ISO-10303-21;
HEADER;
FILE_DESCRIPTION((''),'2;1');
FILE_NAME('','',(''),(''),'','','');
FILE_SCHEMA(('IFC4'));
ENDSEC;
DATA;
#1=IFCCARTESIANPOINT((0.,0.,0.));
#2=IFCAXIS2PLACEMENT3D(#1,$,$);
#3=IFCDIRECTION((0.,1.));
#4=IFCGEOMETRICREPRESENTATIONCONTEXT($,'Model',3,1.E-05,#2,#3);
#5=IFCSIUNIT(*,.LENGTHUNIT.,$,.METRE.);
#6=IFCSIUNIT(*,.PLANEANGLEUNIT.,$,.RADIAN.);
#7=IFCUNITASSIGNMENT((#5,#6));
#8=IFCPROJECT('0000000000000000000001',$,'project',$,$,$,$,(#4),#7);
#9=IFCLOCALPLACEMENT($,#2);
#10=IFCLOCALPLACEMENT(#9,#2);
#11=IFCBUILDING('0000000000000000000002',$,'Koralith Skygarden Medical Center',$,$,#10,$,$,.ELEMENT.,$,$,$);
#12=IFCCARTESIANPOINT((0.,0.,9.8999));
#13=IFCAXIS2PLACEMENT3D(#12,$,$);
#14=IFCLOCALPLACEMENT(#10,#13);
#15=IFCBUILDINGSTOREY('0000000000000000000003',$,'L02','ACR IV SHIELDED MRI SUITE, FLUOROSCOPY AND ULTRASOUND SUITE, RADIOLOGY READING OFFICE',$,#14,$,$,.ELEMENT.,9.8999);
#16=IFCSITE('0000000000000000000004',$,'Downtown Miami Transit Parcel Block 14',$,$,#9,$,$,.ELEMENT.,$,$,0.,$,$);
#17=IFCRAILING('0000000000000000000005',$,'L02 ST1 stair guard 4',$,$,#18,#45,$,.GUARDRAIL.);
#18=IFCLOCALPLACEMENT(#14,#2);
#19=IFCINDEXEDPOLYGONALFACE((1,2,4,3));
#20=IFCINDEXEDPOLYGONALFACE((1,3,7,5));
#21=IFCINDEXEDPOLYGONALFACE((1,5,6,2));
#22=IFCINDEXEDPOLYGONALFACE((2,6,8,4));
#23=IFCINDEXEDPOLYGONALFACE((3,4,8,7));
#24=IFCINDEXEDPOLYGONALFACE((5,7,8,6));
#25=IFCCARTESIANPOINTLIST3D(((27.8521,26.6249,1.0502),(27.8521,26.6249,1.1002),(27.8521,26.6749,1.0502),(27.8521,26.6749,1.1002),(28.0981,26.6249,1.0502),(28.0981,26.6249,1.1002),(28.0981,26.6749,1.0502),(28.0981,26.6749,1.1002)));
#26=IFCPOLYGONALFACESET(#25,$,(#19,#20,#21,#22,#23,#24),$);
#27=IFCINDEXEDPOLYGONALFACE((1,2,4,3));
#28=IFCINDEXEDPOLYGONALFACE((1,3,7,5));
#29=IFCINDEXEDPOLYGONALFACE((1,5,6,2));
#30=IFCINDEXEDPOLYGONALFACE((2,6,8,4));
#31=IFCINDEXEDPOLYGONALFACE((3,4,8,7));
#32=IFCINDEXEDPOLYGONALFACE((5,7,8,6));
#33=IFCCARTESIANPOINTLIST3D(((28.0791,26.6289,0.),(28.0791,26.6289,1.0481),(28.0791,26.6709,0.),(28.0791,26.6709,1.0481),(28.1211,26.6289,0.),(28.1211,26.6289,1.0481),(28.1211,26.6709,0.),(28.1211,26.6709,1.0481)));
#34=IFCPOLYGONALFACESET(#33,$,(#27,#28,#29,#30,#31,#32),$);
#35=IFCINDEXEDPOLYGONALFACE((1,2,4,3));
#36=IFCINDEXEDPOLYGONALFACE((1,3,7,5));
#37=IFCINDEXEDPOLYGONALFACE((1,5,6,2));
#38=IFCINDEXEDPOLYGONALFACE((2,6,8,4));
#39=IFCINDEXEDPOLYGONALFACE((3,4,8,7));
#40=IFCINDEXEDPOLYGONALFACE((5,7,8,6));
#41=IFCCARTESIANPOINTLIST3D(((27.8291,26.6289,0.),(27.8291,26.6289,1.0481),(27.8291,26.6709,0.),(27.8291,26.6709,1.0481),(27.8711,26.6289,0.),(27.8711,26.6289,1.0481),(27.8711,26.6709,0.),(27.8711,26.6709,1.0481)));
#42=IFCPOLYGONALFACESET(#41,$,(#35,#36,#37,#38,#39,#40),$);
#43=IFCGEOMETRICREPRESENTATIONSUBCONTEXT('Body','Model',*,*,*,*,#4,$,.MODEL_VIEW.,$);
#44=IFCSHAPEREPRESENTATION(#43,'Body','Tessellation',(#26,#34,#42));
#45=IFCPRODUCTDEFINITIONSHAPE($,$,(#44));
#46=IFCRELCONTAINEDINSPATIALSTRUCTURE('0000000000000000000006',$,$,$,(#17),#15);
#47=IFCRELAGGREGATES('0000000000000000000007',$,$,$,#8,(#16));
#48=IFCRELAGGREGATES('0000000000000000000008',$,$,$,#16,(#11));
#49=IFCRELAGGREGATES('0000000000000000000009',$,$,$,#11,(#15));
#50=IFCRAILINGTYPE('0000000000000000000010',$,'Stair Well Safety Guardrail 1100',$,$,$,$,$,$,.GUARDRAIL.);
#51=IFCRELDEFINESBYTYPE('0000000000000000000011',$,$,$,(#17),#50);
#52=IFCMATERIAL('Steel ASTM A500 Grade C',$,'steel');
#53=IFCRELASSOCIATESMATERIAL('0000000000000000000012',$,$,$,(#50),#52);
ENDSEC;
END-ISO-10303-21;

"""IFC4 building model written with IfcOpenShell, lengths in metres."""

from ifc_helpers import new_model, si_unit, direction, frame, origin, origin_2d, place, context, subcontext, project, spatial, rectangle, extrude, material, type_object, element, save


model = new_model("IFC4")

# Units and contexts
model_context = context("Model", 3, precision=1e-05, world=origin(), true_north=direction((0.0, 1.0)))
body_context = subcontext(model_context, "Body", "Model", "MODEL_VIEW")
ifc_project = project(units=[si_unit("LENGTHUNIT", "METRE"), si_unit("PLANEANGLEUNIT", "RADIAN")], contexts=[model_context])

# Site, building, storey
site_placement = place(None, origin())
site = spatial("IfcSite", under=ifc_project, at=site_placement, Name="Downtown Miami Transit Parcel Block 14", CompositionType="ELEMENT", RefElevation=0.0)
building_placement = place(site_placement, origin())
building = spatial("IfcBuilding", under=site, at=building_placement, Name="Koralith Skygarden Medical Center", CompositionType="ELEMENT")
storey_placement = place(building_placement, frame((0.0, 0.0, 9.8999)))
storey = spatial("IfcBuildingStorey", under=building, at=storey_placement, Name="L02", Description="ACR IV SHIELDED MRI SUITE, FLUOROSCOPY AND ULTRASOUND SUITE, RADIOLOGY READING OFFICE", CompositionType="ELEMENT", Elevation=9.8999)

# Shared definitions
ifc_material_1 = material(Name="Steel ASTM A500 Grade C", Category="steel")

# Railing
railing_type_1 = type_object("IfcRailingType", Name="Stair Well Safety Guardrail 1100", PredefinedType="GUARDRAIL", material=ifc_material_1)
railing_1_placement = place(storey_placement, frame((28.1001, 26.6499, 0.0)))
element("IfcRailing", 1, at=railing_1_placement, inside=storey, type_object=railing_type_1, Name="L02 ST1 stair guard 4", PredefinedType="GUARDRAIL", context=body_context, shape_type="SweptSolid", body=[
    extrude(rectangle(XDim=0.05, YDim=0.05, at=origin_2d()), frame((-0.002, 0.0, 1.0752), z_axis=(-1.0, 0.0, 0.0), x_axis=(0.0, -1.0, 0.0)), (0.0, 0.0, 1.0), 0.2461),
    extrude(rectangle(XDim=0.042, YDim=0.042, at=origin_2d()), origin(), (0.0, 0.0, 1.0), 1.0481),
    extrude(rectangle(XDim=0.042, YDim=0.042, at=origin_2d()), frame((-0.25, 0.0, 0.0)), (0.0, 0.0, 1.0), 1.0481),
])

save(model, "model.ifc")
